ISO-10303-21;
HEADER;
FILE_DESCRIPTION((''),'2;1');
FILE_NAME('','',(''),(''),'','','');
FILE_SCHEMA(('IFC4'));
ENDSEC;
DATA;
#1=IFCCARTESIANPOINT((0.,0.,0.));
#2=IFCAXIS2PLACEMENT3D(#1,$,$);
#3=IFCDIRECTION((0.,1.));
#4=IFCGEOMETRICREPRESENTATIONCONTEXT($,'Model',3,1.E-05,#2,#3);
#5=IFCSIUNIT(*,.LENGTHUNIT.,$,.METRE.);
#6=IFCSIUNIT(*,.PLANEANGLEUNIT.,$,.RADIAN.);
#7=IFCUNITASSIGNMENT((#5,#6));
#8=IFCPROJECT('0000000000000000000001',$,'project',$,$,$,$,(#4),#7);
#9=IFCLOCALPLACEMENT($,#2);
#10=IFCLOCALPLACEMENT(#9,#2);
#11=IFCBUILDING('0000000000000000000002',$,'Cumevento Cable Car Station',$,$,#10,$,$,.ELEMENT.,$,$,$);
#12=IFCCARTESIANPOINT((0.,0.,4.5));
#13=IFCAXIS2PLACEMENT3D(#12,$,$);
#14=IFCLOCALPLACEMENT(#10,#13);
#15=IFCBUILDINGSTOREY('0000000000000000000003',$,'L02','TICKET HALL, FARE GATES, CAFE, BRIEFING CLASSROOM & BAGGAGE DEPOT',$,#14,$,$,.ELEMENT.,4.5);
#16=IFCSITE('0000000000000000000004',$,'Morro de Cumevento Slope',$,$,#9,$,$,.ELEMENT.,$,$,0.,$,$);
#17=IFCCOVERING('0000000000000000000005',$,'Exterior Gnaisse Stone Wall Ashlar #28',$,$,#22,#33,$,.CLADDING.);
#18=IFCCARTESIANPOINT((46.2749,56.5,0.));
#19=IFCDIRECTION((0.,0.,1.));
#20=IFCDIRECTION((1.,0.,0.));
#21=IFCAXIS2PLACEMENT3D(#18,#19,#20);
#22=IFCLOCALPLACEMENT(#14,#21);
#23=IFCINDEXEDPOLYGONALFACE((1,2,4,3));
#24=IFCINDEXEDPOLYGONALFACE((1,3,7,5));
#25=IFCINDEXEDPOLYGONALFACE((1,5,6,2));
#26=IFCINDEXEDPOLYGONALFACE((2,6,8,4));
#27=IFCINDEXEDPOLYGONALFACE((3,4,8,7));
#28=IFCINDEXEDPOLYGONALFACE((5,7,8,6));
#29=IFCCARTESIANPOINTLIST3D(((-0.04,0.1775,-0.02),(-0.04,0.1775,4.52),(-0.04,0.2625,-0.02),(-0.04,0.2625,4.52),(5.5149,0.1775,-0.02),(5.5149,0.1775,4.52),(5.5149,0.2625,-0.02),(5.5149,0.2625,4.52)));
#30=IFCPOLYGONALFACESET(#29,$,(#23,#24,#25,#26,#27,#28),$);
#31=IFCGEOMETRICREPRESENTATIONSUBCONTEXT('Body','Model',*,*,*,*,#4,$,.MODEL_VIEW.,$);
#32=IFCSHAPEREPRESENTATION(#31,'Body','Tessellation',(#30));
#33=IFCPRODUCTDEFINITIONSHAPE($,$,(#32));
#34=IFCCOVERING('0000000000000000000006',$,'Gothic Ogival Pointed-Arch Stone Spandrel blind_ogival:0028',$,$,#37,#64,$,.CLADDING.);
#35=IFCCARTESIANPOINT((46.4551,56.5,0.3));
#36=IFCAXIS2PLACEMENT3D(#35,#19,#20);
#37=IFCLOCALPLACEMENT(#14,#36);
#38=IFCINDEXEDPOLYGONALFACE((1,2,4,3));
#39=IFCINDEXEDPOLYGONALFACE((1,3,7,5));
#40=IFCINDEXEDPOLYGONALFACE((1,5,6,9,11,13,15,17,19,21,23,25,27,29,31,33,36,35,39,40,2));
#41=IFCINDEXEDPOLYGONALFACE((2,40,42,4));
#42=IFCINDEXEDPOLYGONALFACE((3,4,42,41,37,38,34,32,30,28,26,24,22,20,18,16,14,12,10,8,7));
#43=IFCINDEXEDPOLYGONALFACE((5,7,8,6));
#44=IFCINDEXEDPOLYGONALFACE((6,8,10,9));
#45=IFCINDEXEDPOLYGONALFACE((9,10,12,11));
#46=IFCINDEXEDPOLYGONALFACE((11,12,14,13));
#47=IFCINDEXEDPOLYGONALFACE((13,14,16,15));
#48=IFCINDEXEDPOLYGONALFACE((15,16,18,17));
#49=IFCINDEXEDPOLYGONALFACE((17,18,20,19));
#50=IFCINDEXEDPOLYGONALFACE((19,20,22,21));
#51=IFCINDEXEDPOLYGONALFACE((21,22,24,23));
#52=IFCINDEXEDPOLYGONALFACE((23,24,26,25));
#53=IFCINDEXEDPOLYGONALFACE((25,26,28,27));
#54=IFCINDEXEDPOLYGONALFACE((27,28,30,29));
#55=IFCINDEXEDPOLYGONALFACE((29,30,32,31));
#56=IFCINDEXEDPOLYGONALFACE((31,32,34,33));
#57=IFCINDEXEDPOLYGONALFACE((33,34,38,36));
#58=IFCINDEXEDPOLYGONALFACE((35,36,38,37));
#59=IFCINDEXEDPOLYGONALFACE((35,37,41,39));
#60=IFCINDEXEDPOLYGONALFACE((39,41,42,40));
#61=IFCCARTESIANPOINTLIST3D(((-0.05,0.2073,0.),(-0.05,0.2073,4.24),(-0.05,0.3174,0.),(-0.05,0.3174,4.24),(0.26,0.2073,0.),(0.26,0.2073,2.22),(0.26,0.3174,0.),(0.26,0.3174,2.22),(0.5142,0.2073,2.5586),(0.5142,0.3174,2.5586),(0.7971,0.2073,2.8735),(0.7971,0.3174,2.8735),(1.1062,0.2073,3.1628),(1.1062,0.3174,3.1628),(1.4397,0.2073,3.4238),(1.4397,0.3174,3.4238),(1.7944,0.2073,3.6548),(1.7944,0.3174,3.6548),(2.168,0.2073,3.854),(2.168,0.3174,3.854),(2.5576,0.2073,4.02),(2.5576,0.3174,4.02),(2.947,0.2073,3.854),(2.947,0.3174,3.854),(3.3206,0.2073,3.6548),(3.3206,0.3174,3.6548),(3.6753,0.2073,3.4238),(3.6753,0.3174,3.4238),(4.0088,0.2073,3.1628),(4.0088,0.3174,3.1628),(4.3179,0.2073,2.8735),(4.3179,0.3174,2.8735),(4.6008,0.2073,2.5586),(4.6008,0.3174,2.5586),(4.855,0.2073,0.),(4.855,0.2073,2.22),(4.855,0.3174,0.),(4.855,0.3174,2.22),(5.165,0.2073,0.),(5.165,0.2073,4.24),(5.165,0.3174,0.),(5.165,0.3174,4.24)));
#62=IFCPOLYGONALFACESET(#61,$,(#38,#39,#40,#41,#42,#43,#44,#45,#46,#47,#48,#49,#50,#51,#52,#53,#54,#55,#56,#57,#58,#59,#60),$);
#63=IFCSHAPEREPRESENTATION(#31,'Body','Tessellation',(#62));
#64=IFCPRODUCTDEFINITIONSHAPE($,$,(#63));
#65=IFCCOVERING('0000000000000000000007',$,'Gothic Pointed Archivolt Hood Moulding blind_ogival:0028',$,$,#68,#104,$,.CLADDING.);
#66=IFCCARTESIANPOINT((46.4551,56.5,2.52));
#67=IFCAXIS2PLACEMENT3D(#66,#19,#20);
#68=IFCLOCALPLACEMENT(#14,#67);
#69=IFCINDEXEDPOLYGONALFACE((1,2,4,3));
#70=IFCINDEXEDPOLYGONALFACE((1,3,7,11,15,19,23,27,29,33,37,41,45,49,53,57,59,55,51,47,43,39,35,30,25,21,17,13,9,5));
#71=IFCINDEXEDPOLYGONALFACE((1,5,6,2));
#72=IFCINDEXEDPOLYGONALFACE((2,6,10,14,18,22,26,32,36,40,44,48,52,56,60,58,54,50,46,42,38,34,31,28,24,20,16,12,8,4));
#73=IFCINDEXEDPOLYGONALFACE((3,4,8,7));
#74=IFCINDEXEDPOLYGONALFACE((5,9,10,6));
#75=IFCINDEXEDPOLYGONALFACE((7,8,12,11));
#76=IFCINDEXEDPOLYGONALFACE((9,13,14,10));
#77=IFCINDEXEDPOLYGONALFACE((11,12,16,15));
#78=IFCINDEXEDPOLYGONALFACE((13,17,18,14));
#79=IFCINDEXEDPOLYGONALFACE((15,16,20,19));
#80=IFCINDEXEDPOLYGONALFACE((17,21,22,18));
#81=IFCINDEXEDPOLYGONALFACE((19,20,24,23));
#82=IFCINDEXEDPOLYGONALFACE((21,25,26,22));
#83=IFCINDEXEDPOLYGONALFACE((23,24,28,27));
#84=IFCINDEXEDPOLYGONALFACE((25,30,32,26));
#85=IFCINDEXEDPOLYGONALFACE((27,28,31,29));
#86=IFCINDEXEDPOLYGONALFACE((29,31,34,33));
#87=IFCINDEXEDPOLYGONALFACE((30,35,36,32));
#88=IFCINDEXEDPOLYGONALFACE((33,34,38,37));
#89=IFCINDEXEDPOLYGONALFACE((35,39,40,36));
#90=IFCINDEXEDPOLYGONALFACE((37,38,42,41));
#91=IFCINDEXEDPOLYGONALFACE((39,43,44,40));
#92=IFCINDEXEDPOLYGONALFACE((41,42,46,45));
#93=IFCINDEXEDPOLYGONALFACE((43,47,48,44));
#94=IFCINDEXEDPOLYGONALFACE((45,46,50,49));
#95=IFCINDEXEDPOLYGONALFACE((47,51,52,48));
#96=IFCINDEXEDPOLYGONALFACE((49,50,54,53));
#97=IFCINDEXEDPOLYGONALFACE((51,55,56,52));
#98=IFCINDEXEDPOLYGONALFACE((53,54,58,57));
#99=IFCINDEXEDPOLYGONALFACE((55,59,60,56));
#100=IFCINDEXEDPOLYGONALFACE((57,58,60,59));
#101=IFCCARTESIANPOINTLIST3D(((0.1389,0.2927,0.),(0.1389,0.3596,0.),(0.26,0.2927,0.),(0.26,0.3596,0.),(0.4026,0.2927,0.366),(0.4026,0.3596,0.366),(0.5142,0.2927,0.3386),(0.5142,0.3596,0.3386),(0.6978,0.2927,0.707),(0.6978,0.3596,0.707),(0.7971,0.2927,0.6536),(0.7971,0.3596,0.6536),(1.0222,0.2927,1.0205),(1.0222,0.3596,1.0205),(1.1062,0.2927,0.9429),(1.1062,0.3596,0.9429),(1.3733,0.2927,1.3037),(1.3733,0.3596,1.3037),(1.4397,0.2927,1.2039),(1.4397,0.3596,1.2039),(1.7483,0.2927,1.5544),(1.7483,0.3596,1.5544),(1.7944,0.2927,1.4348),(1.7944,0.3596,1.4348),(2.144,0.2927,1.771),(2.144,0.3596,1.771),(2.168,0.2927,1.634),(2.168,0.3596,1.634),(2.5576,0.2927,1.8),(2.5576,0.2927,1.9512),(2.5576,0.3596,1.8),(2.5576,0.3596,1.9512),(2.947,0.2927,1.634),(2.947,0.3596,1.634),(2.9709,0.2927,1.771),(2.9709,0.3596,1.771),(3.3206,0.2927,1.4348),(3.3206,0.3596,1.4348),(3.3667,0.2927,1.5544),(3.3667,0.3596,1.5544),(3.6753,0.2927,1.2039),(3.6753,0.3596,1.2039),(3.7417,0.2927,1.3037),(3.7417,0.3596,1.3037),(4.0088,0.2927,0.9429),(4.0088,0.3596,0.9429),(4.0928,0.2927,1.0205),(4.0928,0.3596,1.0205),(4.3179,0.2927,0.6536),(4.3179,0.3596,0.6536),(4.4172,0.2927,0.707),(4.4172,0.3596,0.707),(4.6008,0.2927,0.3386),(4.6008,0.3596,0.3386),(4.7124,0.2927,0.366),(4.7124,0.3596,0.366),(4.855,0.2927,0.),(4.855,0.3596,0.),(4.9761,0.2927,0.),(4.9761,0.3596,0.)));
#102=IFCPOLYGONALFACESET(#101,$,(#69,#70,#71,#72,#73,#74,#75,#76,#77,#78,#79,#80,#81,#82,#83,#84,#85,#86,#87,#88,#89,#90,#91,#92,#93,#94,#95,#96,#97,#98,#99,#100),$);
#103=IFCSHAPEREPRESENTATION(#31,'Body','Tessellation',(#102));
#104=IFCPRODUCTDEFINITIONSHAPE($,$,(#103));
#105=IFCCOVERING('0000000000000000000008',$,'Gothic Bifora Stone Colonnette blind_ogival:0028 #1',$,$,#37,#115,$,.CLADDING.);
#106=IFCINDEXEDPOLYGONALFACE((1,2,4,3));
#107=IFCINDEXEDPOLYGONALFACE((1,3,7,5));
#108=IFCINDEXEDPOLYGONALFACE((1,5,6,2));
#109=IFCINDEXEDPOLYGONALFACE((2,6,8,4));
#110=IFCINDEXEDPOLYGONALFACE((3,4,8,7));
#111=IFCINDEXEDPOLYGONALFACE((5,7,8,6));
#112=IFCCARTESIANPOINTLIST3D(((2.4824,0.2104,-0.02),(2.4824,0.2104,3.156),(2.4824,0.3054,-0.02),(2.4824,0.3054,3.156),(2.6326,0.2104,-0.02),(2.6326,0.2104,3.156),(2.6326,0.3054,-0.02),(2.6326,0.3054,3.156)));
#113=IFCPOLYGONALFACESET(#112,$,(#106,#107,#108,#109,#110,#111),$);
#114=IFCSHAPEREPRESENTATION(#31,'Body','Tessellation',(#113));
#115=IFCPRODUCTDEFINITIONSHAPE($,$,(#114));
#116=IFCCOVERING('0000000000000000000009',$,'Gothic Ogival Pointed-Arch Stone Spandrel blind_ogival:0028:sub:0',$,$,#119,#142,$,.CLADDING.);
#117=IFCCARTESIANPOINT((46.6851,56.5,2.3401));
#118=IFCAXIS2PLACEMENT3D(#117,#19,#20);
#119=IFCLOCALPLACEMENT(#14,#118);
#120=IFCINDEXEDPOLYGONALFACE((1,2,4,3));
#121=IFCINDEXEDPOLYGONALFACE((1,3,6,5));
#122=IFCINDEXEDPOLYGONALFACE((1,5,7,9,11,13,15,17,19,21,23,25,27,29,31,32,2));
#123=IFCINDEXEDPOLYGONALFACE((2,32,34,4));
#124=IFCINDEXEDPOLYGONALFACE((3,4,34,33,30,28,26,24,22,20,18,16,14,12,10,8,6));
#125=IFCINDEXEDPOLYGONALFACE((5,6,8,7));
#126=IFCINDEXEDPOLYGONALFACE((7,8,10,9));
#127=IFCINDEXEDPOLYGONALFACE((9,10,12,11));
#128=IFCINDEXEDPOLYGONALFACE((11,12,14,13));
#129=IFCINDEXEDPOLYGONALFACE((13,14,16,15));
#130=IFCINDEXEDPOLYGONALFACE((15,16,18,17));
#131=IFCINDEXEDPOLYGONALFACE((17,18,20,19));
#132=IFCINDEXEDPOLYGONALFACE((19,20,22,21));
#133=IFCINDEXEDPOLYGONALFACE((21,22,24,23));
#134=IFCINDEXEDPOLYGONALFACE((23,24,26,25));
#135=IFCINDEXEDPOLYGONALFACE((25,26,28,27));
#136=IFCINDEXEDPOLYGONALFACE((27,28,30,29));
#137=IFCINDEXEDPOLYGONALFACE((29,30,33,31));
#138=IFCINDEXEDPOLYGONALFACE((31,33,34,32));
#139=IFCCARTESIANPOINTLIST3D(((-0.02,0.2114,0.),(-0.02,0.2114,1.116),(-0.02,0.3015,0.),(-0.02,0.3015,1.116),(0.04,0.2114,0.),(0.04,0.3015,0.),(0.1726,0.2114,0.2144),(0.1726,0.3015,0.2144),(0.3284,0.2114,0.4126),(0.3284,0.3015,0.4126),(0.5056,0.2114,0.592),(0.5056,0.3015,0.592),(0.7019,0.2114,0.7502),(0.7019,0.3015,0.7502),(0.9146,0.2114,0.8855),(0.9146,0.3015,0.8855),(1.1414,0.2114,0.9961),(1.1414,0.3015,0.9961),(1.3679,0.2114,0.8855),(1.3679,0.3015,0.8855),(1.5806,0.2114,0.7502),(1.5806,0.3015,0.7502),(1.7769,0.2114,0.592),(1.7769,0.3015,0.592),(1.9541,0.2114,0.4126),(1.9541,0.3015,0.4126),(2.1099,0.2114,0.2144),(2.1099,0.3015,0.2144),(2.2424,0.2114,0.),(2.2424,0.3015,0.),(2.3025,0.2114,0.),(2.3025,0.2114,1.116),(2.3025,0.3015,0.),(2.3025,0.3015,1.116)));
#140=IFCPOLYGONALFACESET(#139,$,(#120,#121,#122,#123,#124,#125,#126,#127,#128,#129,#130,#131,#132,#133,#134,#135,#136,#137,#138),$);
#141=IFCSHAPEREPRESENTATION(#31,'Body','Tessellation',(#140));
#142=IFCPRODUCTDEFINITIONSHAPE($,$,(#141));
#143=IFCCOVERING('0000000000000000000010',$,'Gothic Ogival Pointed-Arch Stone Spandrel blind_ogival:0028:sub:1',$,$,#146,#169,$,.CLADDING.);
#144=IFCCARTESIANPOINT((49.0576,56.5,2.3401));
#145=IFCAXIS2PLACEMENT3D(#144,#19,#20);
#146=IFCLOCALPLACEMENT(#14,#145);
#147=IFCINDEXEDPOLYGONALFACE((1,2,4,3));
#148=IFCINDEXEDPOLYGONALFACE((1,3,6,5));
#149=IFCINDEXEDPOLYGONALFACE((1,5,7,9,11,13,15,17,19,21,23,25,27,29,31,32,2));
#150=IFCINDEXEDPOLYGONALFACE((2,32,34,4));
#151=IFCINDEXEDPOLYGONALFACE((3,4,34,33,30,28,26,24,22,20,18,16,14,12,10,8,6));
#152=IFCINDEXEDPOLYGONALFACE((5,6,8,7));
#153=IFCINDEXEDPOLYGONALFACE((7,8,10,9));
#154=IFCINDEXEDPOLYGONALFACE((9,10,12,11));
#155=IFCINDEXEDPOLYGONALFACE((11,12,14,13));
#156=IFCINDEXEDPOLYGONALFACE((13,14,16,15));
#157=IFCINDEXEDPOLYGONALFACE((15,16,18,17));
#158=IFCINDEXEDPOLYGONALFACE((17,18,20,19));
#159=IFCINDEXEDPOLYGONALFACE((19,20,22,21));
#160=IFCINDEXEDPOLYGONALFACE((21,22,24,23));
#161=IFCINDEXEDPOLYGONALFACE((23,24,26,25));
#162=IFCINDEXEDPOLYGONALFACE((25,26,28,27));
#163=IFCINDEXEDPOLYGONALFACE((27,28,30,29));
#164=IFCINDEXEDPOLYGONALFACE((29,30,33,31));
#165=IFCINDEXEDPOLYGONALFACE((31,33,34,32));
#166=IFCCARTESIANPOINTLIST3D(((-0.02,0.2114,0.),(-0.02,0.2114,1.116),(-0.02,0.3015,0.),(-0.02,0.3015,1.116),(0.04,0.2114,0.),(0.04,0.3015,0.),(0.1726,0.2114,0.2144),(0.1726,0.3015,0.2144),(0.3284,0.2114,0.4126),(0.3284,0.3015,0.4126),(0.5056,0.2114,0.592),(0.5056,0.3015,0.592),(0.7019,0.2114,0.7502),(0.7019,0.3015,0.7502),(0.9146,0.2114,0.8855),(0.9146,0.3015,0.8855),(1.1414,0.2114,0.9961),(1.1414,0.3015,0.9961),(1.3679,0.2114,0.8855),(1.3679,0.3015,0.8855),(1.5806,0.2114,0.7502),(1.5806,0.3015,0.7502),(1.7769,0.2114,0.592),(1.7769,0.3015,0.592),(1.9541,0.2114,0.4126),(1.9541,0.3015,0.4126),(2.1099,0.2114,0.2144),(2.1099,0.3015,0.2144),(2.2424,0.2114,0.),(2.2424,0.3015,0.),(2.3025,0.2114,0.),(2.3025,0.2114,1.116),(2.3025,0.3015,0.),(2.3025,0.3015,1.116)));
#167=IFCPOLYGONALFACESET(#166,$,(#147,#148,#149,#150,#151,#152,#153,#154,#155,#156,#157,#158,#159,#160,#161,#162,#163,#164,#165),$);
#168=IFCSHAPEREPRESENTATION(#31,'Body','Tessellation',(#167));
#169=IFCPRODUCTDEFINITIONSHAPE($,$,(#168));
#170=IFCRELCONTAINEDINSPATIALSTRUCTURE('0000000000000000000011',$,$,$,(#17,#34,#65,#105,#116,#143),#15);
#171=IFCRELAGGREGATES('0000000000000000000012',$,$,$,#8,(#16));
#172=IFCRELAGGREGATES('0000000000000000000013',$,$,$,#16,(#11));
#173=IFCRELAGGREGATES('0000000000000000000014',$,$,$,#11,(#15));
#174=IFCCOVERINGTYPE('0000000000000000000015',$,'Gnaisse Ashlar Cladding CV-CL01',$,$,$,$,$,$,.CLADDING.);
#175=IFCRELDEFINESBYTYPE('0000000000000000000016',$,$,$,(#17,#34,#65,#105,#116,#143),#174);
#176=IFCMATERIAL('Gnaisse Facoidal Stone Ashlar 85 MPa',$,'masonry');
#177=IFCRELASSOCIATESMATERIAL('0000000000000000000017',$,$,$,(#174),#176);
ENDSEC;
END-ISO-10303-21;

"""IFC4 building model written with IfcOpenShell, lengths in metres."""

from ifc_helpers import new_model, si_unit, direction, frame, origin, place, context, subcontext, project, spatial, polyline, outline, extrude, material, type_object, element, save


model = new_model("IFC4")

# Units and contexts
model_context = context("Model", 3, precision=1e-05, world=origin(), true_north=direction((0.0, 1.0)))
body_context = subcontext(model_context, "Body", "Model", "MODEL_VIEW")
ifc_project = project(units=[si_unit("LENGTHUNIT", "METRE"), si_unit("PLANEANGLEUNIT", "RADIAN")], contexts=[model_context])

# Site, building, storey
site_placement = place(None, origin())
site = spatial("IfcSite", under=ifc_project, at=site_placement, Name="Morro de Cumevento Slope", CompositionType="ELEMENT", RefElevation=0.0)
building_placement = place(site_placement, origin())
building = spatial("IfcBuilding", under=site, at=building_placement, Name="Cumevento Cable Car Station", CompositionType="ELEMENT")
storey_placement = place(building_placement, frame((0.0, 0.0, 4.5)))
storey = spatial("IfcBuildingStorey", under=building, at=storey_placement, Name="L02", Description="TICKET HALL, FARE GATES, CAFE, BRIEFING CLASSROOM & BAGGAGE DEPOT", CompositionType="ELEMENT", Elevation=4.5)

# Coverings
ifc_material_1 = material(Name="Gnaisse Facoidal Stone Ashlar 85 MPa", Category="masonry")
covering_type = type_object("IfcCoveringType", Name="Gnaisse Ashlar Cladding CV-CL01", PredefinedType="CLADDING", material=ifc_material_1)
covering_1_placement = place(storey_placement, frame((46.2749, 56.5, 0.0), z_axis=(0.0, 0.0, 1.0), x_axis=(1.0, 0.0, 0.0)))
element("IfcCovering", 1, at=covering_1_placement, inside=storey, type_object=covering_type, Name="Exterior Gnaisse Stone Wall Ashlar #28", PredefinedType="CLADDING", context=body_context, shape_type="SweptSolid", body=[
    extrude(outline(polyline([(-0.04, -0.02), (5.5149, -0.02), (5.5149, 4.52), (-0.04, 4.52), (-0.04, -0.02)])), frame((0.0, 0.2625, 0.0), z_axis=(0.0, -1.0, 0.0), x_axis=(1.0, 0.0, 0.0)), (0.0, 0.0, 1.0), 0.085),
])
placement = place(storey_placement, frame((46.4551, 56.5, 0.3), z_axis=(0.0, 0.0, 1.0), x_axis=(1.0, 0.0, 0.0)))
element("IfcCovering", 2, at=placement, inside=storey, type_object=covering_type, Name="Gothic Ogival Pointed-Arch Stone Spandrel blind_ogival:0028", PredefinedType="CLADDING", context=body_context, shape_type="SweptSolid", body=[
    extrude(outline(polyline([(-0.05, 0.0), (-0.05, 4.24), (5.165, 4.24), (5.165, 0.0), (4.855, 0.0), (4.855, 2.22), (4.6008, 2.5586), (4.3179, 2.8735), (4.0088, 3.1628), (3.6753, 3.4238), (3.3206, 3.6548), (2.947, 3.854), (2.5576, 4.02), (2.168, 3.854), (1.7944, 3.6548), (1.4397, 3.4238), (1.1062, 3.1628), (0.7971, 2.8735), (0.5142, 2.5586), (0.26, 2.22), (0.26, 0.0), (-0.05, 0.0)])), frame((0.0, 0.3174, 0.0), z_axis=(0.0, -1.0, 0.0), x_axis=(1.0, 0.0, 0.0)), (0.0, 0.0, 1.0), 0.1101),
])
covering_2_placement = place(storey_placement, frame((46.4551, 56.5, 2.52), z_axis=(0.0, 0.0, 1.0), x_axis=(1.0, 0.0, 0.0)))
element("IfcCovering", 3, at=covering_2_placement, inside=storey, type_object=covering_type, Name="Gothic Pointed Archivolt Hood Moulding blind_ogival:0028", PredefinedType="CLADDING", context=body_context, shape_type="SweptSolid", body=[
    extrude(outline(polyline([(0.26, 0.0), (0.5142, 0.3386), (0.7971, 0.6536), (1.1062, 0.9429), (1.4397, 1.2039), (1.7944, 1.4348), (2.168, 1.634), (2.5576, 1.8), (2.947, 1.634), (3.3206, 1.4348), (3.6753, 1.2039), (4.0088, 0.9429), (4.3179, 0.6536), (4.6008, 0.3386), (4.855, 0.0), (4.9761, 0.0), (4.7124, 0.366), (4.4172, 0.707), (4.0928, 1.0205), (3.7417, 1.3037), (3.3667, 1.5544), (2.9709, 1.771), (2.5576, 1.9512), (2.144, 1.771), (1.7483, 1.5544), (1.3733, 1.3037), (1.0222, 1.0205), (0.6978, 0.707), (0.4026, 0.366), (0.1389, 0.0), (0.26, 0.0)])), frame((0.0, 0.3596, 0.0), z_axis=(0.0, -1.0, 0.0), x_axis=(1.0, 0.0, 0.0)), (0.0, 0.0, 1.0), 0.0669),
])
element("IfcCovering", 4, at=placement, inside=storey, type_object=covering_type, Name="Gothic Bifora Stone Colonnette blind_ogival:0028 #1", PredefinedType="CLADDING", context=body_context, shape_type="SweptSolid", body=[
    extrude(outline(polyline([(2.4824, -0.02), (2.6326, -0.02), (2.6326, 3.156), (2.4824, 3.156), (2.4824, -0.02)])), frame((0.0, 0.3054, 0.0), z_axis=(0.0, -1.0, 0.0), x_axis=(1.0, 0.0, 0.0)), (0.0, 0.0, 1.0), 0.095),
])
for number, where, z_axis, x_axis, name in (
    (5, (46.6851, 56.5, 2.3401), (0.0, 0.0, 1.0), (1.0, 0.0, 0.0), "Gothic Ogival Pointed-Arch Stone Spandrel blind_ogival:0028:sub:0"),
    (6, (49.0576, 56.5, 2.3401), (0.0, 0.0, 1.0), (1.0, 0.0, 0.0), "Gothic Ogival Pointed-Arch Stone Spandrel blind_ogival:0028:sub:1"),
):
    element("IfcCovering", number, at=place(storey_placement, frame(where, z_axis=z_axis, x_axis=x_axis)), inside=storey, type_object=covering_type, Name=name, PredefinedType="CLADDING", context=body_context, shape_type="SweptSolid", body=[
        extrude(outline(polyline([(-0.02, 0.0), (-0.02, 1.116), (2.3025, 1.116), (2.3025, 0.0), (2.2424, 0.0), (2.1099, 0.2144), (1.9541, 0.4126), (1.7769, 0.592), (1.5806, 0.7502), (1.3679, 0.8855), (1.1414, 0.9961), (0.9146, 0.8855), (0.7019, 0.7502), (0.5056, 0.592), (0.3284, 0.4126), (0.1726, 0.2144), (0.04, 0.0), (-0.02, 0.0)])), frame((0.0, 0.3015, 0.0), z_axis=(0.0, -1.0, 0.0), x_axis=(1.0, 0.0, 0.0)), (0.0, 0.0, 1.0), 0.0901),
    ])

save(model, "model.ifc")
